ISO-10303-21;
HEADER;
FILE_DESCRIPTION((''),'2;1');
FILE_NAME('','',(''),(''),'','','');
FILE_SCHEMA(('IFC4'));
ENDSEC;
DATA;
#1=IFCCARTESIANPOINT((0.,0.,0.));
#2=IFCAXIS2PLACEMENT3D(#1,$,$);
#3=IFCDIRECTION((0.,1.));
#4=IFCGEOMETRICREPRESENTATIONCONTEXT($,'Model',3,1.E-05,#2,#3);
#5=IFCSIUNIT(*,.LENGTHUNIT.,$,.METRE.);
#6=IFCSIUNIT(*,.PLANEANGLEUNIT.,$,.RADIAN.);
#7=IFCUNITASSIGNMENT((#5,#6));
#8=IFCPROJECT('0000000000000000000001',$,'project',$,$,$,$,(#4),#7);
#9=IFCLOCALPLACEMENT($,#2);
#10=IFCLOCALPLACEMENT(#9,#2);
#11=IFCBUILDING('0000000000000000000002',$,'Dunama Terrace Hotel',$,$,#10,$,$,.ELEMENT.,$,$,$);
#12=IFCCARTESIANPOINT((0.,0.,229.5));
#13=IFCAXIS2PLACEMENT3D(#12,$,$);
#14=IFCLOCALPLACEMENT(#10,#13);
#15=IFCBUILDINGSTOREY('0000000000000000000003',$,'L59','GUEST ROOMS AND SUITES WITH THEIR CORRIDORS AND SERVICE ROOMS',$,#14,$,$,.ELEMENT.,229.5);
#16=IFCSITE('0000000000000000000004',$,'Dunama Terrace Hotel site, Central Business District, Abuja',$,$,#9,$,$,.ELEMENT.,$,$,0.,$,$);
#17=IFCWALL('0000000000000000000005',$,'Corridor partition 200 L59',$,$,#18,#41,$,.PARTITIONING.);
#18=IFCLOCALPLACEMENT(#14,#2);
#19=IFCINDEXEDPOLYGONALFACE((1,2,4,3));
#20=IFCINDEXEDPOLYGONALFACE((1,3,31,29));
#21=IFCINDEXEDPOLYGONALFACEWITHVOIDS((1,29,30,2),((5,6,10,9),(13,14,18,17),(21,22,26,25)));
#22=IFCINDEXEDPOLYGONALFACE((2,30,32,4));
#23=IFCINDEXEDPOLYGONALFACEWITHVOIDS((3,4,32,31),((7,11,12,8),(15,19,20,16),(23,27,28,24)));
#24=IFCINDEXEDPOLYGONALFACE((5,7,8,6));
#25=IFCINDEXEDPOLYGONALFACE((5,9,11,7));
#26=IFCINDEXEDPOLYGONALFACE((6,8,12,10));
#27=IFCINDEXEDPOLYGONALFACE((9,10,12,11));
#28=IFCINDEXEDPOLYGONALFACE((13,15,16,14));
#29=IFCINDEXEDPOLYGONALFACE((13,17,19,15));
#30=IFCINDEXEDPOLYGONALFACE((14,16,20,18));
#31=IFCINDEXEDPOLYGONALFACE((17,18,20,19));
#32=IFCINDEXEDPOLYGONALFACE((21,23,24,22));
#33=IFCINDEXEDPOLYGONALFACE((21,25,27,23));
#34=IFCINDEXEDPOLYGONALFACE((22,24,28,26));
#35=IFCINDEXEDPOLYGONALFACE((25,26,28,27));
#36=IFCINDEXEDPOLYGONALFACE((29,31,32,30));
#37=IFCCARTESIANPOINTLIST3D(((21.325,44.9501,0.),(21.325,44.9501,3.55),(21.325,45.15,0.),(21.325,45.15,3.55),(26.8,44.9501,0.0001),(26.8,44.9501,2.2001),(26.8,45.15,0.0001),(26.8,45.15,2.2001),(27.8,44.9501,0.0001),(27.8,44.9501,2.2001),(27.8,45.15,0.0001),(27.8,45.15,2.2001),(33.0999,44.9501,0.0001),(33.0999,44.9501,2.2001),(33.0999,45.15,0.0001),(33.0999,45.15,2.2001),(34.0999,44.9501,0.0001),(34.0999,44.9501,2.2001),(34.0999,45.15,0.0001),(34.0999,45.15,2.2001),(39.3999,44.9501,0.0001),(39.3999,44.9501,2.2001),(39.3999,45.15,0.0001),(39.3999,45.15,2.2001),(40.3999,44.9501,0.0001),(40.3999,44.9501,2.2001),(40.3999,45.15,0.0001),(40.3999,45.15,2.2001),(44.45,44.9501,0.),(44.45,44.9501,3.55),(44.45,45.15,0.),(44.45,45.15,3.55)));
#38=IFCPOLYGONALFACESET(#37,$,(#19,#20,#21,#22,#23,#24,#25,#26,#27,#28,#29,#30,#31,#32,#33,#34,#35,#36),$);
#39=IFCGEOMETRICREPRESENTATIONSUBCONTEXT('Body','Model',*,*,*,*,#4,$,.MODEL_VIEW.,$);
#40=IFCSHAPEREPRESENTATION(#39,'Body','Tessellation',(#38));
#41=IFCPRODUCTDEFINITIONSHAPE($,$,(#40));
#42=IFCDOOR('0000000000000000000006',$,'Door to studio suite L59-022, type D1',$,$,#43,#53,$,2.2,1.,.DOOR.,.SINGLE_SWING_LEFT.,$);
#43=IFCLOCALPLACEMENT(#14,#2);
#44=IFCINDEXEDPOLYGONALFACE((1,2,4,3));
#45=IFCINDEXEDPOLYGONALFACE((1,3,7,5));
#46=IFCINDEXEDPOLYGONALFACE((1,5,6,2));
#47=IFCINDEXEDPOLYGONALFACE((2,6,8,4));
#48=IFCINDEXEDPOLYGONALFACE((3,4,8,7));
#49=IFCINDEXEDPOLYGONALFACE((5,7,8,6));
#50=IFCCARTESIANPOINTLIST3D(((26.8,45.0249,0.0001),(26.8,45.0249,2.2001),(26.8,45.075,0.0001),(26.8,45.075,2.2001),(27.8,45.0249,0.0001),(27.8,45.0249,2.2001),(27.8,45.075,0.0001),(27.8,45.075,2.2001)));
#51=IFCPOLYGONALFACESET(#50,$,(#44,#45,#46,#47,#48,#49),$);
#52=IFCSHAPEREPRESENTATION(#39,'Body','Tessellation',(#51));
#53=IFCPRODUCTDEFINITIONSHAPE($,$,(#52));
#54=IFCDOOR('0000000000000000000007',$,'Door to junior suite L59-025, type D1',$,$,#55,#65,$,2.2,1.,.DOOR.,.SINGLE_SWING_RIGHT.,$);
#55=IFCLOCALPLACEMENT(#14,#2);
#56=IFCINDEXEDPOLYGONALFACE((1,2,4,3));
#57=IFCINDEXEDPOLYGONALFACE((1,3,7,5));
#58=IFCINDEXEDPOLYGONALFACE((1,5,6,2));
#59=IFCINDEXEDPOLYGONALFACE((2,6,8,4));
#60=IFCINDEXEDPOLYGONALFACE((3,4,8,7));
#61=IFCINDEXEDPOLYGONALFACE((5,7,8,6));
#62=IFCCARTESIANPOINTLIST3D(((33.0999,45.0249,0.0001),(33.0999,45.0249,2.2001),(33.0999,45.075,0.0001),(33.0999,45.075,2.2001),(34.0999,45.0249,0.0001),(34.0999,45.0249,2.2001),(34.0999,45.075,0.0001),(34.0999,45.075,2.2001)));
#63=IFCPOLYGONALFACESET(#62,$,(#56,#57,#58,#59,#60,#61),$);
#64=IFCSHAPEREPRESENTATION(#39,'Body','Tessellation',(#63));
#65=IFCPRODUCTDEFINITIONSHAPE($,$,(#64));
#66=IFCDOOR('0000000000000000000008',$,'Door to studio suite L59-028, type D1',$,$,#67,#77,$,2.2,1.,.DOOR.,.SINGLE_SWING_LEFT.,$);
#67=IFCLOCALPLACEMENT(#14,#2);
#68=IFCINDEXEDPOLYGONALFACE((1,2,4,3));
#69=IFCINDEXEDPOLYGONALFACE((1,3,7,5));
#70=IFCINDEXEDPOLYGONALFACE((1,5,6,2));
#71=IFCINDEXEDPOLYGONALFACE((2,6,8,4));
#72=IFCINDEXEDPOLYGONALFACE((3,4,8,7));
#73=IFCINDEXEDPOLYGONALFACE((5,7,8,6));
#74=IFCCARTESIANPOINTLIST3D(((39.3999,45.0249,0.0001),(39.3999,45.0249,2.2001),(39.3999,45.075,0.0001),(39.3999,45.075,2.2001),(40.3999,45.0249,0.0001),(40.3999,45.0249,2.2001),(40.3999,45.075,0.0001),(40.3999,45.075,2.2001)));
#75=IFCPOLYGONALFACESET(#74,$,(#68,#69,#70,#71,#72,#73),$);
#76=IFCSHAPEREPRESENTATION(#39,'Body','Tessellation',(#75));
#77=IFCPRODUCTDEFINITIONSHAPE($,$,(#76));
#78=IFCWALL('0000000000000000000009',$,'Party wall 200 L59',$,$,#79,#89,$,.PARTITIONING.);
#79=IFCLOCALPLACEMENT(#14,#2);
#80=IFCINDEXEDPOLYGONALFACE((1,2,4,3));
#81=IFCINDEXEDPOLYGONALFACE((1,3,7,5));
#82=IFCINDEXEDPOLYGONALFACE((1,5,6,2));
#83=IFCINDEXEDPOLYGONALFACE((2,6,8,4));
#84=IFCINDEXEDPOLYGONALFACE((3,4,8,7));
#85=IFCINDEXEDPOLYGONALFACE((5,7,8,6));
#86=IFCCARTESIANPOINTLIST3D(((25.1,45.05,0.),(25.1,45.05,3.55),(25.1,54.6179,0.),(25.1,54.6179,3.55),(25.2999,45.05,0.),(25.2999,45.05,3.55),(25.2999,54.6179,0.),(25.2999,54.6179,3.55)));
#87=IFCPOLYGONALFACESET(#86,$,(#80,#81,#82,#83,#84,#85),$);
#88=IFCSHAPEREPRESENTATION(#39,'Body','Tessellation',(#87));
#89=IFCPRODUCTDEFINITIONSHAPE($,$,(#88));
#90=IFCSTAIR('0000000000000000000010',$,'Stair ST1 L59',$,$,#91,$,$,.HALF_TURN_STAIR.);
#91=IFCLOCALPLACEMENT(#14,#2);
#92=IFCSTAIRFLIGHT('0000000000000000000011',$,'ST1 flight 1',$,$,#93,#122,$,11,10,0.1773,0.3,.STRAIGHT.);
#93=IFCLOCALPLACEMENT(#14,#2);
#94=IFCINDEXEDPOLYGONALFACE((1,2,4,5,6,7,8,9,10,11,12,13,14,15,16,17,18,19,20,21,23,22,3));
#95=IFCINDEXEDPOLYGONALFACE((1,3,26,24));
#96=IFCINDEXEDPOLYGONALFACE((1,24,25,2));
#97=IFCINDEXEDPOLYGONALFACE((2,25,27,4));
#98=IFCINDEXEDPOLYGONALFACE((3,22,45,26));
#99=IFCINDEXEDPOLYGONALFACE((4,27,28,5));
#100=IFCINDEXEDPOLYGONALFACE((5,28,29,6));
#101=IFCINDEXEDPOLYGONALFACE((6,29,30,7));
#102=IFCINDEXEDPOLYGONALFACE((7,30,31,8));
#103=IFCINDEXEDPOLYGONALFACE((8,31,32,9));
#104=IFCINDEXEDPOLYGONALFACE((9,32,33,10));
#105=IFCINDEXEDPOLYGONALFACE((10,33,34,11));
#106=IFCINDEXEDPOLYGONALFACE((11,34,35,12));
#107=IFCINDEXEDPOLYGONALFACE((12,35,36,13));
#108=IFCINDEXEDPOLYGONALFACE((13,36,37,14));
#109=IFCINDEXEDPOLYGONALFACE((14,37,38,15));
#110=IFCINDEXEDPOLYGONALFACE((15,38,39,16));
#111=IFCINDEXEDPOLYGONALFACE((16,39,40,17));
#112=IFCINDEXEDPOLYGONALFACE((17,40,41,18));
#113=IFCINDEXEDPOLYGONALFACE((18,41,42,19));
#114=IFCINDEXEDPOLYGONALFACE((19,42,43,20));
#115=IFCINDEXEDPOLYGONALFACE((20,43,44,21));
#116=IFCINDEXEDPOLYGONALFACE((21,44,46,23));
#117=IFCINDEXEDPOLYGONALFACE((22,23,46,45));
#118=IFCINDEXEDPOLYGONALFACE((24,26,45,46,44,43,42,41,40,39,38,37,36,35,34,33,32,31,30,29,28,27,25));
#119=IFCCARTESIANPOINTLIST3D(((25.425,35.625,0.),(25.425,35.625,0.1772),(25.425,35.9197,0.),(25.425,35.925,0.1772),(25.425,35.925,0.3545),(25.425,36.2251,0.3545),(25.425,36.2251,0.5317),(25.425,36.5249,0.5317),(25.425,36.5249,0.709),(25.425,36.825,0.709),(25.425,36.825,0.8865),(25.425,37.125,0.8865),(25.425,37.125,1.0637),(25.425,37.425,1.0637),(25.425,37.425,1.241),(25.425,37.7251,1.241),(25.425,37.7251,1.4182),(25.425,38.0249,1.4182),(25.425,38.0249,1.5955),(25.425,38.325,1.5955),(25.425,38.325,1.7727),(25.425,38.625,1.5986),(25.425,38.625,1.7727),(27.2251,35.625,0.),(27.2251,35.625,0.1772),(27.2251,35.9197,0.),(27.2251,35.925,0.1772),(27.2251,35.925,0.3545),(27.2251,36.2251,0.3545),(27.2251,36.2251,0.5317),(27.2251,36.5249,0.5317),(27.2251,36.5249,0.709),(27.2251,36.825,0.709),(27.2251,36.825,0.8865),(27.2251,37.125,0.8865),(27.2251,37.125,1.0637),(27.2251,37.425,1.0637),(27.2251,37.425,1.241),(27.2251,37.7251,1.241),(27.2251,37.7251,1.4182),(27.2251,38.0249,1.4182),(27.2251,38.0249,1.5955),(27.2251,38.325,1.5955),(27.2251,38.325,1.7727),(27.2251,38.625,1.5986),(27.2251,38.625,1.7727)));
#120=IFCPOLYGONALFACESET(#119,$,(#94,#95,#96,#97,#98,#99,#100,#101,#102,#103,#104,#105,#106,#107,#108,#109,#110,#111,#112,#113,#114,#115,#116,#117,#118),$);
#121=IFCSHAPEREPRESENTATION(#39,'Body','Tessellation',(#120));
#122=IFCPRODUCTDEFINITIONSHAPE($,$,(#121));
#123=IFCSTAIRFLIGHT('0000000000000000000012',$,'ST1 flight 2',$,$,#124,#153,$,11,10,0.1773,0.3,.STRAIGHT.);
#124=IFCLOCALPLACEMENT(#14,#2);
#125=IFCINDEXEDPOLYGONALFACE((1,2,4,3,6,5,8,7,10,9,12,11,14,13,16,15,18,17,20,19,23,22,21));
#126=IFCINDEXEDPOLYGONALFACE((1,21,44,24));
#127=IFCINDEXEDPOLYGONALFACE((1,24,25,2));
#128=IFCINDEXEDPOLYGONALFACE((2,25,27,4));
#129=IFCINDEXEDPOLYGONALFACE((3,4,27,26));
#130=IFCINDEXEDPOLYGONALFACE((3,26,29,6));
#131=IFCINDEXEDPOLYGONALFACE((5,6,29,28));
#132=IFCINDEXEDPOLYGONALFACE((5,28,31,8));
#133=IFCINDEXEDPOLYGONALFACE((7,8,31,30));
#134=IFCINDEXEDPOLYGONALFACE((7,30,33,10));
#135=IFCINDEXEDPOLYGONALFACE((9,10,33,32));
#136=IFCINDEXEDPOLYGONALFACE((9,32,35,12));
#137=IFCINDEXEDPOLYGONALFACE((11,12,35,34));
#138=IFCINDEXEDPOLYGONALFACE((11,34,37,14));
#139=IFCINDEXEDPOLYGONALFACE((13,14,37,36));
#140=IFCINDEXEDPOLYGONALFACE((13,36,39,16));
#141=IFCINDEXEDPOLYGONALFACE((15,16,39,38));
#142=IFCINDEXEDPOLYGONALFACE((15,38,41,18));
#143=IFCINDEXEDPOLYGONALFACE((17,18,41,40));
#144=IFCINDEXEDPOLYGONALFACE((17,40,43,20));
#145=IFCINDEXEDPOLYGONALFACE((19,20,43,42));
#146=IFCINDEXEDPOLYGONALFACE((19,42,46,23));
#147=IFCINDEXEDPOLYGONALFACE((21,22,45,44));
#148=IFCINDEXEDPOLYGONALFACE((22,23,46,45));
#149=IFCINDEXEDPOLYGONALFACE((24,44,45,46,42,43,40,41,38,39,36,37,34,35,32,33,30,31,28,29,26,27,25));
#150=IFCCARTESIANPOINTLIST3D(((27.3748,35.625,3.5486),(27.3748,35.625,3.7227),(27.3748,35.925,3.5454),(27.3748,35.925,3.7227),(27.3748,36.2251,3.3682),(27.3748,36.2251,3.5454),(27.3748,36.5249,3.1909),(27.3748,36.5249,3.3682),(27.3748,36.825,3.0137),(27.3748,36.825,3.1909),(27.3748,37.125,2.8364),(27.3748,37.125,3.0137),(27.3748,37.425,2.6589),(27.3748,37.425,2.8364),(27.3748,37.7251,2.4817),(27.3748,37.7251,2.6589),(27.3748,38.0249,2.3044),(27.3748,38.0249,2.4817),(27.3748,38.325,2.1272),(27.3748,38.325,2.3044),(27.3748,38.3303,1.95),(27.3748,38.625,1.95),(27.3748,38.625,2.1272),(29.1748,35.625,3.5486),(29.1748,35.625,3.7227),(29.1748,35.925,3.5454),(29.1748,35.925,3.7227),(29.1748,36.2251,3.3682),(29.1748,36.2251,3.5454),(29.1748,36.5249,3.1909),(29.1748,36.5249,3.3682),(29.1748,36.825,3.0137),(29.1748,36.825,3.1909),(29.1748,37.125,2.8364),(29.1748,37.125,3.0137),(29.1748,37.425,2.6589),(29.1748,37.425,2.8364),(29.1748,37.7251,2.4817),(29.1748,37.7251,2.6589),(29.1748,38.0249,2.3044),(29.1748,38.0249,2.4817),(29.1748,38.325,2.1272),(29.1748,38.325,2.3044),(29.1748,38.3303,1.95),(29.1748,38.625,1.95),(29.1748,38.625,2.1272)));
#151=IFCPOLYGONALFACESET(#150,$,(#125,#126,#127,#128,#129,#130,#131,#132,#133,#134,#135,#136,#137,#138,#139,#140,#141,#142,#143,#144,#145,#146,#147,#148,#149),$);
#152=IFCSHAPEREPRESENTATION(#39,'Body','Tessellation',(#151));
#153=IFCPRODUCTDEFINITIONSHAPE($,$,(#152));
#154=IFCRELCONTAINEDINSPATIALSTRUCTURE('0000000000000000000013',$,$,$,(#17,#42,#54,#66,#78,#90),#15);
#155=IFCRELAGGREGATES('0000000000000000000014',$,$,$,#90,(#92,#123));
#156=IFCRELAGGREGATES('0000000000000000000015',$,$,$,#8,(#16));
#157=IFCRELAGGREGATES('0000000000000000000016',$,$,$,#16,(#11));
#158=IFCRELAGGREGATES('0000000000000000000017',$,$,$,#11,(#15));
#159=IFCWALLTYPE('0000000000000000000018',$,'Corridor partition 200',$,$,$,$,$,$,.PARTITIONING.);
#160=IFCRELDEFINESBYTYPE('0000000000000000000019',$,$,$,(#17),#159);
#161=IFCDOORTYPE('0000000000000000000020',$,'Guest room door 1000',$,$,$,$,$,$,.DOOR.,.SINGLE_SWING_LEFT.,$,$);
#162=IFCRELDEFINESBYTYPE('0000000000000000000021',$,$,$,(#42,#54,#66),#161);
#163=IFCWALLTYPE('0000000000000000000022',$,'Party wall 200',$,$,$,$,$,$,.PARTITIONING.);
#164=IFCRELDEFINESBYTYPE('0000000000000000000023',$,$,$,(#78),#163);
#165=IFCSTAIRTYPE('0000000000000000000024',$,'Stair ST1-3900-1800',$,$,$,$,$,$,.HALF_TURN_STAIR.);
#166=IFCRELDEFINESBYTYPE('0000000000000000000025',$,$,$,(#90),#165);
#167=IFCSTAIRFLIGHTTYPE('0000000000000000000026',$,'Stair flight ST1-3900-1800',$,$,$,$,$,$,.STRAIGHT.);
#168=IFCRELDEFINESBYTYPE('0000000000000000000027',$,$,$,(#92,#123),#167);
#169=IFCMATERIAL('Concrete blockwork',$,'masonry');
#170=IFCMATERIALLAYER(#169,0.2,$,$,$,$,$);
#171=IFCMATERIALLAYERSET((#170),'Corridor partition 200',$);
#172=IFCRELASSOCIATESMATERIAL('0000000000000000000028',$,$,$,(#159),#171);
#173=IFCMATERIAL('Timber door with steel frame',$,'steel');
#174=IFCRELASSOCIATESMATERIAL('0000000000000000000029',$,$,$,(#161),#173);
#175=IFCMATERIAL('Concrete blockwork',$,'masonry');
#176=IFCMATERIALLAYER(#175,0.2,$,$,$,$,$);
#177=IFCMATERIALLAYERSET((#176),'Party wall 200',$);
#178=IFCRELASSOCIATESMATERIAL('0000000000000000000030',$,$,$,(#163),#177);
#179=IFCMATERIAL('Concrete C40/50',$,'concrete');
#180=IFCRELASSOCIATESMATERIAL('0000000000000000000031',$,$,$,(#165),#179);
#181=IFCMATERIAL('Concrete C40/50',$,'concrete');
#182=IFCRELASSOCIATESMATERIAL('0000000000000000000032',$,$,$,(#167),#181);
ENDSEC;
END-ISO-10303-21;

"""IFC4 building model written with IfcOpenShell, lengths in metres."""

from ifc_helpers import new_model, si_unit, direction, frame, frame_2d, origin, place, context, subcontext, project, spatial, polyline, rectangle, outline, extrude, material, layer, layer_set, type_object, element, fill, aggregate, save


model = new_model("IFC4")

# Units and contexts
model_context = context("Model", 3, precision=1e-05, world=origin(), true_north=direction((0.0, 1.0)))
body_context = subcontext(model_context, "Body", "Model", "MODEL_VIEW")
ifc_project = project(units=[si_unit("LENGTHUNIT", "METRE"), si_unit("PLANEANGLEUNIT", "RADIAN")], contexts=[model_context])

# Site, building, storey
site_placement = place(None, origin())
site = spatial("IfcSite", under=ifc_project, at=site_placement, Name="Dunama Terrace Hotel site, Central Business District, Abuja", CompositionType="ELEMENT", RefElevation=0.0)
building_placement = place(site_placement, origin())
building = spatial("IfcBuilding", under=site, at=building_placement, Name="Dunama Terrace Hotel", CompositionType="ELEMENT")
storey_placement = place(building_placement, frame((0.0, 0.0, 229.5)))
storey = spatial("IfcBuildingStorey", under=building, at=storey_placement, Name="L59", Description="GUEST ROOMS AND SUITES WITH THEIR CORRIDORS AND SERVICE ROOMS", CompositionType="ELEMENT", Elevation=229.5)

# Wall, openings, doors
ifc_material_1 = material(Name="Concrete blockwork", Category="masonry")
ifc_layer_1 = layer(ifc_material_1, 0.2)
ifc_layer_set_1 = layer_set([ifc_layer_1], Name="Corridor partition 200")
wall_type_1 = type_object("IfcWallType", Name="Corridor partition 200", PredefinedType="PARTITIONING", material=ifc_layer_set_1)
wall_1_placement = place(storey_placement, frame((21.325, 45.05, 0.0), z_axis=(0.0, 0.0, 1.0), x_axis=(1.0, 0.0, 0.0)))
wall_1 = element("IfcWall", 1, at=wall_1_placement, inside=storey, type_object=wall_type_1, Name="Corridor partition 200 L59", PredefinedType="PARTITIONING", context=body_context, shape_type="SweptSolid", body=[
    extrude(rectangle(XDim=23.125, YDim=0.2, at=frame_2d((11.5625, 0.0))), origin(), (0.0, 0.0, 1.0), 3.55),
])
opening_1_placement = place(wall_1_placement, frame((5.4751, 0.0, 0.0)))
opening_1 = element("IfcOpeningElement", 2, at=opening_1_placement, cuts=wall_1, PredefinedType="OPENING", context=body_context, shape_type="SweptSolid", body=[
    extrude(rectangle(XDim=1.0, YDim=2.2, at=frame_2d((0.5, 1.1001))), frame((0.0, 0.1099, 0.0), z_axis=(0.0, -1.0, 0.0), x_axis=(1.0, 0.0, 0.0)), (0.0, 0.0, 1.0), 0.22),
])
opening_2_placement = place(wall_1_placement, frame((11.7749, 0.0, 0.0)))
opening_2 = element("IfcOpeningElement", 3, at=opening_2_placement, cuts=wall_1, PredefinedType="OPENING", context=body_context, shape_type="SweptSolid", body=[
    extrude(rectangle(XDim=1.0, YDim=2.2, at=frame_2d((0.5, 1.1001))), frame((0.0, 0.1099, 0.0), z_axis=(0.0, -1.0, 0.0), x_axis=(1.0, 0.0, 0.0)), (0.0, 0.0, 1.0), 0.22),
])
opening_3_placement = place(wall_1_placement, frame((18.075, 0.0, 0.0)))
opening_3 = element("IfcOpeningElement", 4, at=opening_3_placement, cuts=wall_1, PredefinedType="OPENING", context=body_context, shape_type="SweptSolid", body=[
    extrude(rectangle(XDim=1.0, YDim=2.2, at=frame_2d((0.5, 1.1001))), frame((0.0, 0.1099, 0.0), z_axis=(0.0, -1.0, 0.0), x_axis=(1.0, 0.0, 0.0)), (0.0, 0.0, 1.0), 0.22),
])
ifc_material_2 = material(Name="Timber door with steel frame", Category="steel")
door_type_1 = type_object("IfcDoorType", Name="Guest room door 1000", OperationType="SINGLE_SWING_LEFT", PredefinedType="DOOR", material=ifc_material_2)
door_1_placement = place(opening_1_placement, origin())
door_1 = element("IfcDoor", 5, at=door_1_placement, inside=storey, type_object=door_type_1, Name="Door to studio suite L59-022, type D1", OperationType="SINGLE_SWING_LEFT", OverallHeight=2.2, OverallWidth=1.0, PredefinedType="DOOR", context=body_context, shape_type="SweptSolid", body=[
    extrude(rectangle(XDim=1.0, YDim=2.2, at=frame_2d((0.5, 1.1001))), frame((0.0, 0.0249, 0.0), z_axis=(0.0, -1.0, 0.0), x_axis=(1.0, 0.0, 0.0)), (0.0, 0.0, 1.0), 0.05),
])
fill(opening_1, door_1)
door_2_placement = place(opening_2_placement, origin())
door_2 = element("IfcDoor", 6, at=door_2_placement, inside=storey, type_object=door_type_1, Name="Door to junior suite L59-025, type D1", OperationType="SINGLE_SWING_RIGHT", OverallHeight=2.2, OverallWidth=1.0, PredefinedType="DOOR", context=body_context, shape_type="SweptSolid", body=[
    extrude(rectangle(XDim=1.0, YDim=2.2, at=frame_2d((0.5, 1.1001))), frame((0.0, 0.0249, 0.0), z_axis=(0.0, -1.0, 0.0), x_axis=(1.0, 0.0, 0.0)), (0.0, 0.0, 1.0), 0.05),
])
fill(opening_2, door_2)
door_3_placement = place(opening_3_placement, origin())
door_3 = element("IfcDoor", 7, at=door_3_placement, inside=storey, type_object=door_type_1, Name="Door to studio suite L59-028, type D1", OperationType="SINGLE_SWING_LEFT", OverallHeight=2.2, OverallWidth=1.0, PredefinedType="DOOR", context=body_context, shape_type="SweptSolid", body=[
    extrude(rectangle(XDim=1.0, YDim=2.2, at=frame_2d((0.5, 1.1001))), frame((0.0, 0.0249, 0.0), z_axis=(0.0, -1.0, 0.0), x_axis=(1.0, 0.0, 0.0)), (0.0, 0.0, 1.0), 0.05),
])
fill(opening_3, door_3)

# Wall
ifc_material_3 = material(Name="Concrete blockwork", Category="masonry")
ifc_layer_2 = layer(ifc_material_3, 0.2)
ifc_layer_set_2 = layer_set([ifc_layer_2], Name="Party wall 200")
wall_type_2 = type_object("IfcWallType", Name="Party wall 200", PredefinedType="PARTITIONING", material=ifc_layer_set_2)
wall_2_placement = place(storey_placement, frame((25.2, 45.05, 0.0), z_axis=(0.0, 0.0, 1.0), x_axis=(0.0, 1.0, 0.0)))
element("IfcWall", 8, at=wall_2_placement, inside=storey, type_object=wall_type_2, Name="Party wall 200 L59", PredefinedType="PARTITIONING", context=body_context, shape_type="SweptSolid", body=[
    extrude(rectangle(XDim=9.5679, YDim=0.2, at=frame_2d((4.7839, 0.0))), origin(), (0.0, 0.0, 1.0), 3.55),
])

# Stair, stair flights
ifc_material_4 = material(Name="Concrete C40/50", Category="concrete")
stair_type = type_object("IfcStairType", Name="Stair ST1-3900-1800", PredefinedType="HALF_TURN_STAIR", material=ifc_material_4)
stair_placement = place(storey_placement, origin())
stair = element("IfcStair", 9, at=stair_placement, inside=storey, type_object=stair_type, Name="Stair ST1 L59", PredefinedType="HALF_TURN_STAIR")
ifc_material_5 = material(Name="Concrete C40/50", Category="concrete")
stair_flight_type = type_object("IfcStairFlightType", Name="Stair flight ST1-3900-1800", PredefinedType="STRAIGHT", material=ifc_material_5)
stair_flight_1_placement = place(storey_placement, frame((26.325, 35.625, 0.0), z_axis=(0.0, 0.0, 1.0), x_axis=(0.0, 1.0, 0.0)))
stair_flight_1 = element("IfcStairFlight", 10, at=stair_flight_1_placement, type_object=stair_flight_type, Name="ST1 flight 1", NumberOfRisers=11, NumberOfTreads=10, PredefinedType="STRAIGHT", RiserHeight=0.1773, TreadLength=0.3, context=body_context, shape_type="SweptSolid", body=[
    extrude(outline(polyline([(0.0, 0.0), (0.0, 0.1772), (0.3, 0.1772), (0.3, 0.3545), (0.6001, 0.3545), (0.6001, 0.5317), (0.8999, 0.5317), (0.8999, 0.709), (1.2, 0.709), (1.2, 0.8865), (1.5, 0.8865), (1.5, 1.0637), (1.8, 1.0637), (1.8, 1.241), (2.1001, 1.241), (2.1001, 1.4182), (2.3999, 1.4182), (2.3999, 1.5955), (2.7, 1.5955), (2.7, 1.7727), (3.0, 1.7727), (3.0, 1.95), (3.0, 1.5986), (0.2947, 0.0), (0.0, 0.0)])), frame((0.0, 0.8999, 0.0), z_axis=(0.0, -1.0, 0.0), x_axis=(1.0, 0.0, 0.0)), (0.0, 0.0, 1.0), 1.8),
])
stair_flight_2_placement = place(storey_placement, frame((28.2749, 38.625, 1.95), z_axis=(0.0, 0.0, 1.0), x_axis=(0.0, -1.0, 0.0)))
stair_flight_2 = element("IfcStairFlight", 11, at=stair_flight_2_placement, type_object=stair_flight_type, Name="ST1 flight 2", NumberOfRisers=11, NumberOfTreads=10, PredefinedType="STRAIGHT", RiserHeight=0.1773, TreadLength=0.3, context=body_context, shape_type="SweptSolid", body=[
    extrude(outline(polyline([(0.0, 0.0), (0.0, 0.1772), (0.3, 0.1772), (0.3, 0.3545), (0.6001, 0.3545), (0.6001, 0.5317), (0.8999, 0.5317), (0.8999, 0.709), (1.2, 0.709), (1.2, 0.8865), (1.5, 0.8865), (1.5, 1.0637), (1.8, 1.0637), (1.8, 1.241), (2.1001, 1.241), (2.1001, 1.4182), (2.3999, 1.4182), (2.3999, 1.5955), (2.7, 1.5955), (2.7, 1.7727), (3.0, 1.7727), (3.0, 1.95), (3.0, 1.5986), (0.2947, 0.0), (0.0, 0.0)])), frame((0.0, 0.8999, 0.0), z_axis=(0.0, -1.0, 0.0), x_axis=(1.0, 0.0, 0.0)), (0.0, 0.0, 1.0), 1.8),
])
aggregate(stair, [stair_flight_1, stair_flight_2])

save(model, "model.ifc")
